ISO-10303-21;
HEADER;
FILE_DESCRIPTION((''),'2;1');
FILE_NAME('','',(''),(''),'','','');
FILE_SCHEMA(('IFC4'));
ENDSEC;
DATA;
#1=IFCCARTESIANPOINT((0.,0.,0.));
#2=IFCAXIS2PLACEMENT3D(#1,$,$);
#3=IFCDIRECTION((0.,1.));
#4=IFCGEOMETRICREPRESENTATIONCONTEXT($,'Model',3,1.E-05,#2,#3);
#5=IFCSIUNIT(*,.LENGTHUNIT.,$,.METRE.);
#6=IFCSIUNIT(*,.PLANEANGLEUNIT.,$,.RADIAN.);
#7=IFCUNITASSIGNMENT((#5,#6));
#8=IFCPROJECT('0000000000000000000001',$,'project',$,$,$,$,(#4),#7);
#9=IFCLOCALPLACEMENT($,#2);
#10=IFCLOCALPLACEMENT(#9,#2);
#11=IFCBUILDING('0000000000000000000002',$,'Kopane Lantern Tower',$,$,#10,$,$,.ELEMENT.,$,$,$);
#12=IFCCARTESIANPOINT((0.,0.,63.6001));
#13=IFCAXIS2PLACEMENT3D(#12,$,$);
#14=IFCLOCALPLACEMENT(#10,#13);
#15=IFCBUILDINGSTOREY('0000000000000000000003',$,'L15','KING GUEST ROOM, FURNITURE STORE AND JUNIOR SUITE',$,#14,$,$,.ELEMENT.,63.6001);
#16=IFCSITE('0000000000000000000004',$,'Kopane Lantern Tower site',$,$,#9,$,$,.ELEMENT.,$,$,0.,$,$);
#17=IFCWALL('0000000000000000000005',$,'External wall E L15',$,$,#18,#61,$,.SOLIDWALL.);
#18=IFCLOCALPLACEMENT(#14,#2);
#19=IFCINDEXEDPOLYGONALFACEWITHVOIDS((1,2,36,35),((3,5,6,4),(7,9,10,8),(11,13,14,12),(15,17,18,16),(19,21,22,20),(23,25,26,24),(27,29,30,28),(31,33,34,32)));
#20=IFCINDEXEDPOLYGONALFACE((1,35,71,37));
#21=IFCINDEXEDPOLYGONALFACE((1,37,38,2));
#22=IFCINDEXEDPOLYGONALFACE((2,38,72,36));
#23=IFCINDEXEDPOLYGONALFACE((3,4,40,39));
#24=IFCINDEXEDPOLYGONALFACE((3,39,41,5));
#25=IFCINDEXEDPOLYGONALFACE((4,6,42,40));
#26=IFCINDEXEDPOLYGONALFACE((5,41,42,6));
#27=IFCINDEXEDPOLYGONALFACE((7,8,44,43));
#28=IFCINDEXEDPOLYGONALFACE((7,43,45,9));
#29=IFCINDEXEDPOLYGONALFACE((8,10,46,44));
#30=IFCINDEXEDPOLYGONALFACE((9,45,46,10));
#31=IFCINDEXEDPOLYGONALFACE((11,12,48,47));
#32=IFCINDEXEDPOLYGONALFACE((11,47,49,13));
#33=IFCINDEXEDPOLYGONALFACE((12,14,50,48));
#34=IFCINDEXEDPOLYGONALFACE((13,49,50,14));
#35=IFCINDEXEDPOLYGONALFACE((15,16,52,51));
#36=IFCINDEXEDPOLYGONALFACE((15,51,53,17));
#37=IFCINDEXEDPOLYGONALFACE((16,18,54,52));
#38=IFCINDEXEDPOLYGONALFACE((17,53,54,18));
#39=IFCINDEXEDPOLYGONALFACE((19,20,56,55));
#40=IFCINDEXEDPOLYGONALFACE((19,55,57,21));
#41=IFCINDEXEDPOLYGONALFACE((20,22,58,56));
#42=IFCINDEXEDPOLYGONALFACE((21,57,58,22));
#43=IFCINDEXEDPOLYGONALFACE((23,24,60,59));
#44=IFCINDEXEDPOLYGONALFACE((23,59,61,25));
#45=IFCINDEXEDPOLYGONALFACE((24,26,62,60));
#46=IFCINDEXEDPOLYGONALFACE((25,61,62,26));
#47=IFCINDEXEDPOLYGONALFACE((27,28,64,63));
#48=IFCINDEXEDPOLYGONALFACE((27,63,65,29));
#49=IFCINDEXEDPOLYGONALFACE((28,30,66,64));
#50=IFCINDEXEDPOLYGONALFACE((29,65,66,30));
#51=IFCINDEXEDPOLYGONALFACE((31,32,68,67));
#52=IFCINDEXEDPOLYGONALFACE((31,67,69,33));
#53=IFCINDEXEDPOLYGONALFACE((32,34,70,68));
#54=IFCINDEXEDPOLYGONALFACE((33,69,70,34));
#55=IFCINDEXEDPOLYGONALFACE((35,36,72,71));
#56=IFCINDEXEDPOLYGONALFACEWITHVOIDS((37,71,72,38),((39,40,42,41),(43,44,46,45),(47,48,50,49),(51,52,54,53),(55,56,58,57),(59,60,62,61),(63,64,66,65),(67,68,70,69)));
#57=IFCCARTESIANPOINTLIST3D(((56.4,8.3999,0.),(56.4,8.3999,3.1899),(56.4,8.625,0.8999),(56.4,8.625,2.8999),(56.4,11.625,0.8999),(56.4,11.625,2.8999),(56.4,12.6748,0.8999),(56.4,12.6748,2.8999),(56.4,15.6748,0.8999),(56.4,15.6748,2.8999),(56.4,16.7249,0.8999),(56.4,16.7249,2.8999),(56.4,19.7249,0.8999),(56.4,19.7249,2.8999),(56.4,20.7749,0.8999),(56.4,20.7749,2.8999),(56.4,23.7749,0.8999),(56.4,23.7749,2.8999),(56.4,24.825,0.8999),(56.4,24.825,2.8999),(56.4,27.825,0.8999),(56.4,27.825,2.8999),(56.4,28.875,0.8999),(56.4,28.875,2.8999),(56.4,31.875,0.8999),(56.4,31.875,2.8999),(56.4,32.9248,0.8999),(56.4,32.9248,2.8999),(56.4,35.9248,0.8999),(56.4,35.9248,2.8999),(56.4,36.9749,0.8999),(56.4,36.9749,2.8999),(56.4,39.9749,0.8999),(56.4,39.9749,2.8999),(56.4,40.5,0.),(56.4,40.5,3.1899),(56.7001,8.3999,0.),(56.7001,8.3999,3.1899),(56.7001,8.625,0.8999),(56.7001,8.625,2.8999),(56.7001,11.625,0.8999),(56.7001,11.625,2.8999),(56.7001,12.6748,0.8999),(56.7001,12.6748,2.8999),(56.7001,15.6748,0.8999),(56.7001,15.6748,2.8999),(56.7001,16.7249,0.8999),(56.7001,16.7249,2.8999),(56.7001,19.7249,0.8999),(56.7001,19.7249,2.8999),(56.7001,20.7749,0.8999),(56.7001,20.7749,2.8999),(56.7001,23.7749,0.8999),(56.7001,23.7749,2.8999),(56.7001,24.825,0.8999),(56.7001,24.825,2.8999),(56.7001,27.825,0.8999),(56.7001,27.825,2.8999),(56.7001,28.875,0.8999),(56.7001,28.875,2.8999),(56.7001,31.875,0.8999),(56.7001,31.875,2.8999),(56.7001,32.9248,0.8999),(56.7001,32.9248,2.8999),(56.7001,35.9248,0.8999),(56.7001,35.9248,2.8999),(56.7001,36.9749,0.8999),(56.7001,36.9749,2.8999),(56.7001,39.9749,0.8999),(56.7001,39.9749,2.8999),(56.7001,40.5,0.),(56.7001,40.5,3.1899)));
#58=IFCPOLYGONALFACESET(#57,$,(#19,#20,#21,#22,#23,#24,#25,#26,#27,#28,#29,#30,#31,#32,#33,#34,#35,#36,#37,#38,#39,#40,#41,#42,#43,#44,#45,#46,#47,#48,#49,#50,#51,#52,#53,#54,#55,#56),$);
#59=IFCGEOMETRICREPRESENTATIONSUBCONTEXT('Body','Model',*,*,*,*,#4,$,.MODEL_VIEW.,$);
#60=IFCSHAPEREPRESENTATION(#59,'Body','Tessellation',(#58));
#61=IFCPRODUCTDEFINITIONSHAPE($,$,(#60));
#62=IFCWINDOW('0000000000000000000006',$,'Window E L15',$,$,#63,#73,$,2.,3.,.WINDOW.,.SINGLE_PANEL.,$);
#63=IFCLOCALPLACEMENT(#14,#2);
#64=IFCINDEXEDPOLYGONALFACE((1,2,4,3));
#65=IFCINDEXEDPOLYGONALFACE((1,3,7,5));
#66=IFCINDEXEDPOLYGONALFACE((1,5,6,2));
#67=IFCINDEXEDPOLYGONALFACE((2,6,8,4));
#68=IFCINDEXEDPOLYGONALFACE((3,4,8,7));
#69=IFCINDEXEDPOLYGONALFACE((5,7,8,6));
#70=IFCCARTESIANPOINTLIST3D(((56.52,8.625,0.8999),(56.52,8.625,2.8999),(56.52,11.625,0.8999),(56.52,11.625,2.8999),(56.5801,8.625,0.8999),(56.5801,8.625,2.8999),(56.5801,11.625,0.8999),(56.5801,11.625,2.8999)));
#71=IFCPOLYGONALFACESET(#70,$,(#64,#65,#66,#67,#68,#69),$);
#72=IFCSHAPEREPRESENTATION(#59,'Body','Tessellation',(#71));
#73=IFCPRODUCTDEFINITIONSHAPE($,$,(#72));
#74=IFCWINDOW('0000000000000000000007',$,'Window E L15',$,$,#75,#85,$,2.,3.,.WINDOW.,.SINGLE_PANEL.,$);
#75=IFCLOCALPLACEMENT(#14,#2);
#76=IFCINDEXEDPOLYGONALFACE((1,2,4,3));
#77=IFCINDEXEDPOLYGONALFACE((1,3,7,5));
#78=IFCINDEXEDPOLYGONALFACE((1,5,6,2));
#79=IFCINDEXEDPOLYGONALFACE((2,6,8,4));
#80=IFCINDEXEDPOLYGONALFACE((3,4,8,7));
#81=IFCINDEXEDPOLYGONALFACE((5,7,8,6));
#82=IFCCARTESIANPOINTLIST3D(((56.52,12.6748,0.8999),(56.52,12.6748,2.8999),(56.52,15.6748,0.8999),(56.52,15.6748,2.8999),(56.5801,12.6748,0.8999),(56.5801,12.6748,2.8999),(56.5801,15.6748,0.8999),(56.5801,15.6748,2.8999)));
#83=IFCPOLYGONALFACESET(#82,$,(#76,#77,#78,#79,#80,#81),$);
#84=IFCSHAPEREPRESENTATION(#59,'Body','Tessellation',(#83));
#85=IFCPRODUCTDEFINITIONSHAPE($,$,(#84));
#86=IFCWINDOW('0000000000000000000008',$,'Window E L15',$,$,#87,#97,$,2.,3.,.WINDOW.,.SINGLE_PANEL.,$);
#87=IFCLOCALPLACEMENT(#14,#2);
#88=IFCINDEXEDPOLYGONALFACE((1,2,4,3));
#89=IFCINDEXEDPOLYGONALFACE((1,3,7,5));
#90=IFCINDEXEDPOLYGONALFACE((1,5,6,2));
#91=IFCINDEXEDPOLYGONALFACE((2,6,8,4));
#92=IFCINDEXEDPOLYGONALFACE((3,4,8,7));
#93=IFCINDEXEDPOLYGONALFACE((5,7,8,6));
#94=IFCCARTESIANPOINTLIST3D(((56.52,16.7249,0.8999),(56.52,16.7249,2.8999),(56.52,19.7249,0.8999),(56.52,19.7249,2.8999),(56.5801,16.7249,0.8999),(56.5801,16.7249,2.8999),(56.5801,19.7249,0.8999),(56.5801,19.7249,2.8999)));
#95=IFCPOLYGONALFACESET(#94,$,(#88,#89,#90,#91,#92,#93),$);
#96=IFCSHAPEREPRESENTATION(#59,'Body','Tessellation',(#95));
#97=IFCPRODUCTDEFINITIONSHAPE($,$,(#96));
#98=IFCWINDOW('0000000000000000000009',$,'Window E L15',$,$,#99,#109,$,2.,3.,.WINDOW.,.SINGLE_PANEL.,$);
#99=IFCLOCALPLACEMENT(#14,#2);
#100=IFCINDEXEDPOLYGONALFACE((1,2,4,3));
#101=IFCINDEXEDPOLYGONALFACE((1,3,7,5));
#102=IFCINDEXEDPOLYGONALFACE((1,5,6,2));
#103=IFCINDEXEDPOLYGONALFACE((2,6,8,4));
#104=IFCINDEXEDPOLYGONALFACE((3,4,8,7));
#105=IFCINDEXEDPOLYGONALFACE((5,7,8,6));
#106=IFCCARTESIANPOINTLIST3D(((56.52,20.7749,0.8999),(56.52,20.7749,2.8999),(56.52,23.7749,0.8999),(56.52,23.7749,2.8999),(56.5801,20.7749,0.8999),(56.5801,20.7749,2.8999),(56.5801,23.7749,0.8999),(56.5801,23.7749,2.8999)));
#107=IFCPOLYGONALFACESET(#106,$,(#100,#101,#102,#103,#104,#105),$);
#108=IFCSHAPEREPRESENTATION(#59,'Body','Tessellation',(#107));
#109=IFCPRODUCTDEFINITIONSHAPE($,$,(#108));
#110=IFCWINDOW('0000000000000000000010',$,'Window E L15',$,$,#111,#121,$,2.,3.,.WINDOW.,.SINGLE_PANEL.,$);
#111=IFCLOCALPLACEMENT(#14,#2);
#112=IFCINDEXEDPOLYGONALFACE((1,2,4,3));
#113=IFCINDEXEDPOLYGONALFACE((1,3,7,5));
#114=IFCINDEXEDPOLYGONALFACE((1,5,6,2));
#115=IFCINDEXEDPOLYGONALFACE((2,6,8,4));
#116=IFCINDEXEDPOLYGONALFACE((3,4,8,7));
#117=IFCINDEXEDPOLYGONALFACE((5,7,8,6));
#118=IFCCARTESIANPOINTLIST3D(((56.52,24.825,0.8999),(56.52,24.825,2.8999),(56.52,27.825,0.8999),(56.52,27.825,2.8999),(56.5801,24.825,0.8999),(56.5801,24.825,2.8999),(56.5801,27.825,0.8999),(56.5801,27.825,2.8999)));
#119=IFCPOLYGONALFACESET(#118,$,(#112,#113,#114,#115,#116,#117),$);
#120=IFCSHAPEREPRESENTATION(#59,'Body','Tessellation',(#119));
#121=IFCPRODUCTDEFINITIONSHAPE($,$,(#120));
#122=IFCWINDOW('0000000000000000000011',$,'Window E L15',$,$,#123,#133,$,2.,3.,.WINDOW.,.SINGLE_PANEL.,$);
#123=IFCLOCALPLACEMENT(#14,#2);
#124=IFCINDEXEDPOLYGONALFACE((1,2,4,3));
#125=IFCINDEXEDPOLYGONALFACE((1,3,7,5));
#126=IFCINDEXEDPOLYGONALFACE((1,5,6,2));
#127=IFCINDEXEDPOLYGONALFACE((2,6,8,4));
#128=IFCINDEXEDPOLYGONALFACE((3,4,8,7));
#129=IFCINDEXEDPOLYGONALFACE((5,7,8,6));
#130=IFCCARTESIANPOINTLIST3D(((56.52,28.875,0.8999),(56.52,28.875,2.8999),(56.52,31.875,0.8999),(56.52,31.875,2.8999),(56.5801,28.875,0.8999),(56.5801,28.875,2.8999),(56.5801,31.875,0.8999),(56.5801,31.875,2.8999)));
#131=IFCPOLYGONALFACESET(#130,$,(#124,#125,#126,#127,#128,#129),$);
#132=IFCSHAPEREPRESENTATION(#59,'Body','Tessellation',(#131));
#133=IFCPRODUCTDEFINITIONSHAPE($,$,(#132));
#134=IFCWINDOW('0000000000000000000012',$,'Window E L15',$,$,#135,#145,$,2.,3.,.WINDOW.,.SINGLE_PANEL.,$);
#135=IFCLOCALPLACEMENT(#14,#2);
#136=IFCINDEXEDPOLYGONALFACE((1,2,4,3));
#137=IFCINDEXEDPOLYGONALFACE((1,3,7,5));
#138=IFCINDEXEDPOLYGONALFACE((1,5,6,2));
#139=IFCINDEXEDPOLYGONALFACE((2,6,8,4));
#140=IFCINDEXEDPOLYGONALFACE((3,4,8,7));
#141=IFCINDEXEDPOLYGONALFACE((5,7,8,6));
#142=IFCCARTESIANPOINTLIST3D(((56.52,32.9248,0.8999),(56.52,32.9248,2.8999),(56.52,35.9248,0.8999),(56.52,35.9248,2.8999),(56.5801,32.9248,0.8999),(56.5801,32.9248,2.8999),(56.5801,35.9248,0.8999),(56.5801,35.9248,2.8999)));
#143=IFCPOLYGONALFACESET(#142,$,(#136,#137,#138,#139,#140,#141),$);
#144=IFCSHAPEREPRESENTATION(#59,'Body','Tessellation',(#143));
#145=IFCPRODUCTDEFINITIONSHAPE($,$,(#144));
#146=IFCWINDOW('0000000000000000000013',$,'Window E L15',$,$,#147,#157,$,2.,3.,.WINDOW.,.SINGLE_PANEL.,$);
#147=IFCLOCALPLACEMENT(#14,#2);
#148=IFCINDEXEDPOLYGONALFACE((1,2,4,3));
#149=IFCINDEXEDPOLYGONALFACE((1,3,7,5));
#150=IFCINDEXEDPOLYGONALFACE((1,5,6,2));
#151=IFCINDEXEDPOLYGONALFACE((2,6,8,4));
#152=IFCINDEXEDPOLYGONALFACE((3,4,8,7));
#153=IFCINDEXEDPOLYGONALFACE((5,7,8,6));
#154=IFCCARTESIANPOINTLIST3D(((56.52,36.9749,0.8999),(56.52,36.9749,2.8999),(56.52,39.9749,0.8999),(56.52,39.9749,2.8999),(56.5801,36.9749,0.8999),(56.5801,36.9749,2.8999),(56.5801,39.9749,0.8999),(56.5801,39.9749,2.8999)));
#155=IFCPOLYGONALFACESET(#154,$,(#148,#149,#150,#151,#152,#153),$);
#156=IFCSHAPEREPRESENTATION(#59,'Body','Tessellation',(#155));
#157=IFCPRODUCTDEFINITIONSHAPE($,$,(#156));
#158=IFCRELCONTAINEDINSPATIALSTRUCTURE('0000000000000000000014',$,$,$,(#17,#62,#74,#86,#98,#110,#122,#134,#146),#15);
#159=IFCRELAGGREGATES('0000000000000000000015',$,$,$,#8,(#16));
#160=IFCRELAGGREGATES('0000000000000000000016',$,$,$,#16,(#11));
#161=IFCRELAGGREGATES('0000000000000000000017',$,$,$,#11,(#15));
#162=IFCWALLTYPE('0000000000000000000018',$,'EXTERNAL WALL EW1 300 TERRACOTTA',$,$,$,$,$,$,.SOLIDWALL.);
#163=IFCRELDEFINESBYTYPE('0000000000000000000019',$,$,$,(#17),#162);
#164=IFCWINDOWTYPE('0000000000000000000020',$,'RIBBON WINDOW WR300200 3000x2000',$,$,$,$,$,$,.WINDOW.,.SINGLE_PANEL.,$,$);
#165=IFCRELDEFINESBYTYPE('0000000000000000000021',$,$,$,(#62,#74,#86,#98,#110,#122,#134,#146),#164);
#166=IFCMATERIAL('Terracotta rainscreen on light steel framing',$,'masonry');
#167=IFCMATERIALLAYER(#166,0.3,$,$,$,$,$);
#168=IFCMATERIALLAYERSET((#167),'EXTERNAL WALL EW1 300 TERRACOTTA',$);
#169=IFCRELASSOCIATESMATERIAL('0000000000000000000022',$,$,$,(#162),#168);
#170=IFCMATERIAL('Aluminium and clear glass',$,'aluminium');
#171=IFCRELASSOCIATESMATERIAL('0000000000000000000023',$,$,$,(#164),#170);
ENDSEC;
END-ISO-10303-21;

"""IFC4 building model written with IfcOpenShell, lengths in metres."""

from ifc_helpers import new_model, si_unit, direction, frame, frame_2d, origin, place, context, subcontext, project, spatial, rectangle, extrude, material, layer, layer_set, type_object, element, fill, save


model = new_model("IFC4")

# Units and contexts
model_context = context("Model", 3, precision=1e-05, world=origin(), true_north=direction((0.0, 1.0)))
body_context = subcontext(model_context, "Body", "Model", "MODEL_VIEW")
ifc_project = project(units=[si_unit("LENGTHUNIT", "METRE"), si_unit("PLANEANGLEUNIT", "RADIAN")], contexts=[model_context])

# Site, building, storey
site_placement = place(None, origin())
site = spatial("IfcSite", under=ifc_project, at=site_placement, Name="Kopane Lantern Tower site", CompositionType="ELEMENT", RefElevation=0.0)
building_placement = place(site_placement, origin())
building = spatial("IfcBuilding", under=site, at=building_placement, Name="Kopane Lantern Tower", CompositionType="ELEMENT")
storey_placement = place(building_placement, frame((0.0, 0.0, 63.6001)))
storey = spatial("IfcBuildingStorey", under=building, at=storey_placement, Name="L15", Description="KING GUEST ROOM, FURNITURE STORE AND JUNIOR SUITE", CompositionType="ELEMENT", Elevation=63.6001)

# Shared definitions
ifc_material_1 = material(Name="Terracotta rainscreen on light steel framing", Category="masonry")
ifc_layer = layer(ifc_material_1, 0.3)
ifc_layer_set = layer_set([ifc_layer], Name="EXTERNAL WALL EW1 300 TERRACOTTA")
wall_type = type_object("IfcWallType", Name="EXTERNAL WALL EW1 300 TERRACOTTA", PredefinedType="SOLIDWALL", material=ifc_layer_set)

# Wall, openings, windows
wall_1_placement = place(storey_placement, frame((56.55, 8.3999, 0.0), z_axis=(0.0, 0.0, 1.0), x_axis=(0.0, 1.0, 0.0)))
wall_1 = element("IfcWall", 1, at=wall_1_placement, inside=storey, type_object=wall_type, Name="External wall E L15", PredefinedType="SOLIDWALL", context=body_context, shape_type="SweptSolid", body=[
    extrude(rectangle(XDim=32.1001, YDim=0.3, at=frame_2d((16.05, 0.0))), origin(), (0.0, 0.0, 1.0), 3.1899),
])
opening_1_placement = place(wall_1_placement, frame((0.2251, 0.0, 0.8999)))
opening_1 = element("IfcOpeningElement", 2, at=opening_1_placement, cuts=wall_1, PredefinedType="OPENING", context=body_context, shape_type="SweptSolid", body=[
    extrude(rectangle(XDim=3.0, YDim=2.0, at=frame_2d((1.5, 1.0))), frame((0.0, 0.1599, 0.0), z_axis=(0.0, -1.0, 0.0), x_axis=(1.0, 0.0, 0.0)), (0.0, 0.0, 1.0), 0.3201),
])
opening_2_placement = place(wall_1_placement, frame((4.2749, 0.0, 0.8999)))
opening_2 = element("IfcOpeningElement", 3, at=opening_2_placement, cuts=wall_1, PredefinedType="OPENING", context=body_context, shape_type="SweptSolid", body=[
    extrude(rectangle(XDim=3.0, YDim=2.0, at=frame_2d((1.5, 1.0))), frame((0.0, 0.1599, 0.0), z_axis=(0.0, -1.0, 0.0), x_axis=(1.0, 0.0, 0.0)), (0.0, 0.0, 1.0), 0.3201),
])
opening_3_placement = place(wall_1_placement, frame((8.325, 0.0, 0.8999)))
opening_3 = element("IfcOpeningElement", 4, at=opening_3_placement, cuts=wall_1, PredefinedType="OPENING", context=body_context, shape_type="SweptSolid", body=[
    extrude(rectangle(XDim=3.0, YDim=2.0, at=frame_2d((1.5, 1.0))), frame((0.0, 0.1599, 0.0), z_axis=(0.0, -1.0, 0.0), x_axis=(1.0, 0.0, 0.0)), (0.0, 0.0, 1.0), 0.3201),
])
opening_4_placement = place(wall_1_placement, frame((12.375, 0.0, 0.8999)))
opening_4 = element("IfcOpeningElement", 5, at=opening_4_placement, cuts=wall_1, PredefinedType="OPENING", context=body_context, shape_type="SweptSolid", body=[
    extrude(rectangle(XDim=3.0, YDim=2.0, at=frame_2d((1.5, 1.0))), frame((0.0, 0.1599, 0.0), z_axis=(0.0, -1.0, 0.0), x_axis=(1.0, 0.0, 0.0)), (0.0, 0.0, 1.0), 0.3201),
])
opening_5_placement = place(wall_1_placement, frame((16.425, 0.0, 0.8999)))
opening_5 = element("IfcOpeningElement", 6, at=opening_5_placement, cuts=wall_1, PredefinedType="OPENING", context=body_context, shape_type="SweptSolid", body=[
    extrude(rectangle(XDim=3.0, YDim=2.0, at=frame_2d((1.5, 1.0))), frame((0.0, 0.1599, 0.0), z_axis=(0.0, -1.0, 0.0), x_axis=(1.0, 0.0, 0.0)), (0.0, 0.0, 1.0), 0.3201),
])
opening_6_placement = place(wall_1_placement, frame((20.4751, 0.0, 0.8999)))
opening_6 = element("IfcOpeningElement", 7, at=opening_6_placement, cuts=wall_1, PredefinedType="OPENING", context=body_context, shape_type="SweptSolid", body=[
    extrude(rectangle(XDim=3.0, YDim=2.0, at=frame_2d((1.5, 1.0))), frame((0.0, 0.1599, 0.0), z_axis=(0.0, -1.0, 0.0), x_axis=(1.0, 0.0, 0.0)), (0.0, 0.0, 1.0), 0.3201),
])
opening_7_placement = place(wall_1_placement, frame((24.5249, 0.0, 0.8999)))
opening_7 = element("IfcOpeningElement", 8, at=opening_7_placement, cuts=wall_1, PredefinedType="OPENING", context=body_context, shape_type="SweptSolid", body=[
    extrude(rectangle(XDim=3.0, YDim=2.0, at=frame_2d((1.5, 1.0))), frame((0.0, 0.1599, 0.0), z_axis=(0.0, -1.0, 0.0), x_axis=(1.0, 0.0, 0.0)), (0.0, 0.0, 1.0), 0.3201),
])
opening_8_placement = place(wall_1_placement, frame((28.575, 0.0, 0.8999)))
opening_8 = element("IfcOpeningElement", 9, at=opening_8_placement, cuts=wall_1, PredefinedType="OPENING", context=body_context, shape_type="SweptSolid", body=[
    extrude(rectangle(XDim=3.0, YDim=2.0, at=frame_2d((1.5, 1.0))), frame((0.0, 0.1599, 0.0), z_axis=(0.0, -1.0, 0.0), x_axis=(1.0, 0.0, 0.0)), (0.0, 0.0, 1.0), 0.3201),
])
ifc_material_2 = material(Name="Aluminium and clear glass", Category="aluminium")
window_type_1 = type_object("IfcWindowType", Name="RIBBON WINDOW WR300200 3000x2000", PartitioningType="SINGLE_PANEL", PredefinedType="WINDOW", material=ifc_material_2)
window_1_placement = place(opening_1_placement, origin())
window_1 = element("IfcWindow", 10, at=window_1_placement, inside=storey, type_object=window_type_1, Name="Window E L15", OverallHeight=2.0, OverallWidth=3.0, PartitioningType="SINGLE_PANEL", PredefinedType="WINDOW", context=body_context, shape_type="SweptSolid", body=[
    extrude(rectangle(XDim=3.0, YDim=2.0, at=frame_2d((1.5, 1.0))), frame((0.0, 0.03, 0.0), z_axis=(0.0, -1.0, 0.0), x_axis=(1.0, 0.0, 0.0)), (0.0, 0.0, 1.0), 0.0601),
])
fill(opening_1, window_1)
window_2_placement = place(opening_2_placement, origin())
window_2 = element("IfcWindow", 11, at=window_2_placement, inside=storey, type_object=window_type_1, Name="Window E L15", OverallHeight=2.0, OverallWidth=3.0, PartitioningType="SINGLE_PANEL", PredefinedType="WINDOW", context=body_context, shape_type="SweptSolid", body=[
    extrude(rectangle(XDim=3.0, YDim=2.0, at=frame_2d((1.5, 1.0))), frame((0.0, 0.03, 0.0), z_axis=(0.0, -1.0, 0.0), x_axis=(1.0, 0.0, 0.0)), (0.0, 0.0, 1.0), 0.0601),
])
fill(opening_2, window_2)
window_3_placement = place(opening_3_placement, origin())
window_3 = element("IfcWindow", 12, at=window_3_placement, inside=storey, type_object=window_type_1, Name="Window E L15", OverallHeight=2.0, OverallWidth=3.0, PartitioningType="SINGLE_PANEL", PredefinedType="WINDOW", context=body_context, shape_type="SweptSolid", body=[
    extrude(rectangle(XDim=3.0, YDim=2.0, at=frame_2d((1.5, 1.0))), frame((0.0, 0.03, 0.0), z_axis=(0.0, -1.0, 0.0), x_axis=(1.0, 0.0, 0.0)), (0.0, 0.0, 1.0), 0.0601),
])
fill(opening_3, window_3)
window_4_placement = place(opening_4_placement, origin())
window_4 = element("IfcWindow", 13, at=window_4_placement, inside=storey, type_object=window_type_1, Name="Window E L15", OverallHeight=2.0, OverallWidth=3.0, PartitioningType="SINGLE_PANEL", PredefinedType="WINDOW", context=body_context, shape_type="SweptSolid", body=[
    extrude(rectangle(XDim=3.0, YDim=2.0, at=frame_2d((1.5, 1.0))), frame((0.0, 0.03, 0.0), z_axis=(0.0, -1.0, 0.0), x_axis=(1.0, 0.0, 0.0)), (0.0, 0.0, 1.0), 0.0601),
])
fill(opening_4, window_4)
window_5_placement = place(opening_5_placement, origin())
window_5 = element("IfcWindow", 14, at=window_5_placement, inside=storey, type_object=window_type_1, Name="Window E L15", OverallHeight=2.0, OverallWidth=3.0, PartitioningType="SINGLE_PANEL", PredefinedType="WINDOW", context=body_context, shape_type="SweptSolid", body=[
    extrude(rectangle(XDim=3.0, YDim=2.0, at=frame_2d((1.5, 1.0))), frame((0.0, 0.03, 0.0), z_axis=(0.0, -1.0, 0.0), x_axis=(1.0, 0.0, 0.0)), (0.0, 0.0, 1.0), 0.0601),
])
fill(opening_5, window_5)
window_6_placement = place(opening_6_placement, origin())
window_6 = element("IfcWindow", 15, at=window_6_placement, inside=storey, type_object=window_type_1, Name="Window E L15", OverallHeight=2.0, OverallWidth=3.0, PartitioningType="SINGLE_PANEL", PredefinedType="WINDOW", context=body_context, shape_type="SweptSolid", body=[
    extrude(rectangle(XDim=3.0, YDim=2.0, at=frame_2d((1.5, 1.0))), frame((0.0, 0.03, 0.0), z_axis=(0.0, -1.0, 0.0), x_axis=(1.0, 0.0, 0.0)), (0.0, 0.0, 1.0), 0.0601),
])
fill(opening_6, window_6)
window_7_placement = place(opening_7_placement, origin())
window_7 = element("IfcWindow", 16, at=window_7_placement, inside=storey, type_object=window_type_1, Name="Window E L15", OverallHeight=2.0, OverallWidth=3.0, PartitioningType="SINGLE_PANEL", PredefinedType="WINDOW", context=body_context, shape_type="SweptSolid", body=[
    extrude(rectangle(XDim=3.0, YDim=2.0, at=frame_2d((1.5, 1.0))), frame((0.0, 0.03, 0.0), z_axis=(0.0, -1.0, 0.0), x_axis=(1.0, 0.0, 0.0)), (0.0, 0.0, 1.0), 0.0601),
])
fill(opening_7, window_7)
window_8_placement = place(opening_8_placement, origin())
window_8 = element("IfcWindow", 17, at=window_8_placement, inside=storey, type_object=window_type_1, Name="Window E L15", OverallHeight=2.0, OverallWidth=3.0, PartitioningType="SINGLE_PANEL", PredefinedType="WINDOW", context=body_context, shape_type="SweptSolid", body=[
    extrude(rectangle(XDim=3.0, YDim=2.0, at=frame_2d((1.5, 1.0))), frame((0.0, 0.03, 0.0), z_axis=(0.0, -1.0, 0.0), x_axis=(1.0, 0.0, 0.0)), (0.0, 0.0, 1.0), 0.0601),
])
fill(opening_8, window_8)

save(model, "model.ifc")
